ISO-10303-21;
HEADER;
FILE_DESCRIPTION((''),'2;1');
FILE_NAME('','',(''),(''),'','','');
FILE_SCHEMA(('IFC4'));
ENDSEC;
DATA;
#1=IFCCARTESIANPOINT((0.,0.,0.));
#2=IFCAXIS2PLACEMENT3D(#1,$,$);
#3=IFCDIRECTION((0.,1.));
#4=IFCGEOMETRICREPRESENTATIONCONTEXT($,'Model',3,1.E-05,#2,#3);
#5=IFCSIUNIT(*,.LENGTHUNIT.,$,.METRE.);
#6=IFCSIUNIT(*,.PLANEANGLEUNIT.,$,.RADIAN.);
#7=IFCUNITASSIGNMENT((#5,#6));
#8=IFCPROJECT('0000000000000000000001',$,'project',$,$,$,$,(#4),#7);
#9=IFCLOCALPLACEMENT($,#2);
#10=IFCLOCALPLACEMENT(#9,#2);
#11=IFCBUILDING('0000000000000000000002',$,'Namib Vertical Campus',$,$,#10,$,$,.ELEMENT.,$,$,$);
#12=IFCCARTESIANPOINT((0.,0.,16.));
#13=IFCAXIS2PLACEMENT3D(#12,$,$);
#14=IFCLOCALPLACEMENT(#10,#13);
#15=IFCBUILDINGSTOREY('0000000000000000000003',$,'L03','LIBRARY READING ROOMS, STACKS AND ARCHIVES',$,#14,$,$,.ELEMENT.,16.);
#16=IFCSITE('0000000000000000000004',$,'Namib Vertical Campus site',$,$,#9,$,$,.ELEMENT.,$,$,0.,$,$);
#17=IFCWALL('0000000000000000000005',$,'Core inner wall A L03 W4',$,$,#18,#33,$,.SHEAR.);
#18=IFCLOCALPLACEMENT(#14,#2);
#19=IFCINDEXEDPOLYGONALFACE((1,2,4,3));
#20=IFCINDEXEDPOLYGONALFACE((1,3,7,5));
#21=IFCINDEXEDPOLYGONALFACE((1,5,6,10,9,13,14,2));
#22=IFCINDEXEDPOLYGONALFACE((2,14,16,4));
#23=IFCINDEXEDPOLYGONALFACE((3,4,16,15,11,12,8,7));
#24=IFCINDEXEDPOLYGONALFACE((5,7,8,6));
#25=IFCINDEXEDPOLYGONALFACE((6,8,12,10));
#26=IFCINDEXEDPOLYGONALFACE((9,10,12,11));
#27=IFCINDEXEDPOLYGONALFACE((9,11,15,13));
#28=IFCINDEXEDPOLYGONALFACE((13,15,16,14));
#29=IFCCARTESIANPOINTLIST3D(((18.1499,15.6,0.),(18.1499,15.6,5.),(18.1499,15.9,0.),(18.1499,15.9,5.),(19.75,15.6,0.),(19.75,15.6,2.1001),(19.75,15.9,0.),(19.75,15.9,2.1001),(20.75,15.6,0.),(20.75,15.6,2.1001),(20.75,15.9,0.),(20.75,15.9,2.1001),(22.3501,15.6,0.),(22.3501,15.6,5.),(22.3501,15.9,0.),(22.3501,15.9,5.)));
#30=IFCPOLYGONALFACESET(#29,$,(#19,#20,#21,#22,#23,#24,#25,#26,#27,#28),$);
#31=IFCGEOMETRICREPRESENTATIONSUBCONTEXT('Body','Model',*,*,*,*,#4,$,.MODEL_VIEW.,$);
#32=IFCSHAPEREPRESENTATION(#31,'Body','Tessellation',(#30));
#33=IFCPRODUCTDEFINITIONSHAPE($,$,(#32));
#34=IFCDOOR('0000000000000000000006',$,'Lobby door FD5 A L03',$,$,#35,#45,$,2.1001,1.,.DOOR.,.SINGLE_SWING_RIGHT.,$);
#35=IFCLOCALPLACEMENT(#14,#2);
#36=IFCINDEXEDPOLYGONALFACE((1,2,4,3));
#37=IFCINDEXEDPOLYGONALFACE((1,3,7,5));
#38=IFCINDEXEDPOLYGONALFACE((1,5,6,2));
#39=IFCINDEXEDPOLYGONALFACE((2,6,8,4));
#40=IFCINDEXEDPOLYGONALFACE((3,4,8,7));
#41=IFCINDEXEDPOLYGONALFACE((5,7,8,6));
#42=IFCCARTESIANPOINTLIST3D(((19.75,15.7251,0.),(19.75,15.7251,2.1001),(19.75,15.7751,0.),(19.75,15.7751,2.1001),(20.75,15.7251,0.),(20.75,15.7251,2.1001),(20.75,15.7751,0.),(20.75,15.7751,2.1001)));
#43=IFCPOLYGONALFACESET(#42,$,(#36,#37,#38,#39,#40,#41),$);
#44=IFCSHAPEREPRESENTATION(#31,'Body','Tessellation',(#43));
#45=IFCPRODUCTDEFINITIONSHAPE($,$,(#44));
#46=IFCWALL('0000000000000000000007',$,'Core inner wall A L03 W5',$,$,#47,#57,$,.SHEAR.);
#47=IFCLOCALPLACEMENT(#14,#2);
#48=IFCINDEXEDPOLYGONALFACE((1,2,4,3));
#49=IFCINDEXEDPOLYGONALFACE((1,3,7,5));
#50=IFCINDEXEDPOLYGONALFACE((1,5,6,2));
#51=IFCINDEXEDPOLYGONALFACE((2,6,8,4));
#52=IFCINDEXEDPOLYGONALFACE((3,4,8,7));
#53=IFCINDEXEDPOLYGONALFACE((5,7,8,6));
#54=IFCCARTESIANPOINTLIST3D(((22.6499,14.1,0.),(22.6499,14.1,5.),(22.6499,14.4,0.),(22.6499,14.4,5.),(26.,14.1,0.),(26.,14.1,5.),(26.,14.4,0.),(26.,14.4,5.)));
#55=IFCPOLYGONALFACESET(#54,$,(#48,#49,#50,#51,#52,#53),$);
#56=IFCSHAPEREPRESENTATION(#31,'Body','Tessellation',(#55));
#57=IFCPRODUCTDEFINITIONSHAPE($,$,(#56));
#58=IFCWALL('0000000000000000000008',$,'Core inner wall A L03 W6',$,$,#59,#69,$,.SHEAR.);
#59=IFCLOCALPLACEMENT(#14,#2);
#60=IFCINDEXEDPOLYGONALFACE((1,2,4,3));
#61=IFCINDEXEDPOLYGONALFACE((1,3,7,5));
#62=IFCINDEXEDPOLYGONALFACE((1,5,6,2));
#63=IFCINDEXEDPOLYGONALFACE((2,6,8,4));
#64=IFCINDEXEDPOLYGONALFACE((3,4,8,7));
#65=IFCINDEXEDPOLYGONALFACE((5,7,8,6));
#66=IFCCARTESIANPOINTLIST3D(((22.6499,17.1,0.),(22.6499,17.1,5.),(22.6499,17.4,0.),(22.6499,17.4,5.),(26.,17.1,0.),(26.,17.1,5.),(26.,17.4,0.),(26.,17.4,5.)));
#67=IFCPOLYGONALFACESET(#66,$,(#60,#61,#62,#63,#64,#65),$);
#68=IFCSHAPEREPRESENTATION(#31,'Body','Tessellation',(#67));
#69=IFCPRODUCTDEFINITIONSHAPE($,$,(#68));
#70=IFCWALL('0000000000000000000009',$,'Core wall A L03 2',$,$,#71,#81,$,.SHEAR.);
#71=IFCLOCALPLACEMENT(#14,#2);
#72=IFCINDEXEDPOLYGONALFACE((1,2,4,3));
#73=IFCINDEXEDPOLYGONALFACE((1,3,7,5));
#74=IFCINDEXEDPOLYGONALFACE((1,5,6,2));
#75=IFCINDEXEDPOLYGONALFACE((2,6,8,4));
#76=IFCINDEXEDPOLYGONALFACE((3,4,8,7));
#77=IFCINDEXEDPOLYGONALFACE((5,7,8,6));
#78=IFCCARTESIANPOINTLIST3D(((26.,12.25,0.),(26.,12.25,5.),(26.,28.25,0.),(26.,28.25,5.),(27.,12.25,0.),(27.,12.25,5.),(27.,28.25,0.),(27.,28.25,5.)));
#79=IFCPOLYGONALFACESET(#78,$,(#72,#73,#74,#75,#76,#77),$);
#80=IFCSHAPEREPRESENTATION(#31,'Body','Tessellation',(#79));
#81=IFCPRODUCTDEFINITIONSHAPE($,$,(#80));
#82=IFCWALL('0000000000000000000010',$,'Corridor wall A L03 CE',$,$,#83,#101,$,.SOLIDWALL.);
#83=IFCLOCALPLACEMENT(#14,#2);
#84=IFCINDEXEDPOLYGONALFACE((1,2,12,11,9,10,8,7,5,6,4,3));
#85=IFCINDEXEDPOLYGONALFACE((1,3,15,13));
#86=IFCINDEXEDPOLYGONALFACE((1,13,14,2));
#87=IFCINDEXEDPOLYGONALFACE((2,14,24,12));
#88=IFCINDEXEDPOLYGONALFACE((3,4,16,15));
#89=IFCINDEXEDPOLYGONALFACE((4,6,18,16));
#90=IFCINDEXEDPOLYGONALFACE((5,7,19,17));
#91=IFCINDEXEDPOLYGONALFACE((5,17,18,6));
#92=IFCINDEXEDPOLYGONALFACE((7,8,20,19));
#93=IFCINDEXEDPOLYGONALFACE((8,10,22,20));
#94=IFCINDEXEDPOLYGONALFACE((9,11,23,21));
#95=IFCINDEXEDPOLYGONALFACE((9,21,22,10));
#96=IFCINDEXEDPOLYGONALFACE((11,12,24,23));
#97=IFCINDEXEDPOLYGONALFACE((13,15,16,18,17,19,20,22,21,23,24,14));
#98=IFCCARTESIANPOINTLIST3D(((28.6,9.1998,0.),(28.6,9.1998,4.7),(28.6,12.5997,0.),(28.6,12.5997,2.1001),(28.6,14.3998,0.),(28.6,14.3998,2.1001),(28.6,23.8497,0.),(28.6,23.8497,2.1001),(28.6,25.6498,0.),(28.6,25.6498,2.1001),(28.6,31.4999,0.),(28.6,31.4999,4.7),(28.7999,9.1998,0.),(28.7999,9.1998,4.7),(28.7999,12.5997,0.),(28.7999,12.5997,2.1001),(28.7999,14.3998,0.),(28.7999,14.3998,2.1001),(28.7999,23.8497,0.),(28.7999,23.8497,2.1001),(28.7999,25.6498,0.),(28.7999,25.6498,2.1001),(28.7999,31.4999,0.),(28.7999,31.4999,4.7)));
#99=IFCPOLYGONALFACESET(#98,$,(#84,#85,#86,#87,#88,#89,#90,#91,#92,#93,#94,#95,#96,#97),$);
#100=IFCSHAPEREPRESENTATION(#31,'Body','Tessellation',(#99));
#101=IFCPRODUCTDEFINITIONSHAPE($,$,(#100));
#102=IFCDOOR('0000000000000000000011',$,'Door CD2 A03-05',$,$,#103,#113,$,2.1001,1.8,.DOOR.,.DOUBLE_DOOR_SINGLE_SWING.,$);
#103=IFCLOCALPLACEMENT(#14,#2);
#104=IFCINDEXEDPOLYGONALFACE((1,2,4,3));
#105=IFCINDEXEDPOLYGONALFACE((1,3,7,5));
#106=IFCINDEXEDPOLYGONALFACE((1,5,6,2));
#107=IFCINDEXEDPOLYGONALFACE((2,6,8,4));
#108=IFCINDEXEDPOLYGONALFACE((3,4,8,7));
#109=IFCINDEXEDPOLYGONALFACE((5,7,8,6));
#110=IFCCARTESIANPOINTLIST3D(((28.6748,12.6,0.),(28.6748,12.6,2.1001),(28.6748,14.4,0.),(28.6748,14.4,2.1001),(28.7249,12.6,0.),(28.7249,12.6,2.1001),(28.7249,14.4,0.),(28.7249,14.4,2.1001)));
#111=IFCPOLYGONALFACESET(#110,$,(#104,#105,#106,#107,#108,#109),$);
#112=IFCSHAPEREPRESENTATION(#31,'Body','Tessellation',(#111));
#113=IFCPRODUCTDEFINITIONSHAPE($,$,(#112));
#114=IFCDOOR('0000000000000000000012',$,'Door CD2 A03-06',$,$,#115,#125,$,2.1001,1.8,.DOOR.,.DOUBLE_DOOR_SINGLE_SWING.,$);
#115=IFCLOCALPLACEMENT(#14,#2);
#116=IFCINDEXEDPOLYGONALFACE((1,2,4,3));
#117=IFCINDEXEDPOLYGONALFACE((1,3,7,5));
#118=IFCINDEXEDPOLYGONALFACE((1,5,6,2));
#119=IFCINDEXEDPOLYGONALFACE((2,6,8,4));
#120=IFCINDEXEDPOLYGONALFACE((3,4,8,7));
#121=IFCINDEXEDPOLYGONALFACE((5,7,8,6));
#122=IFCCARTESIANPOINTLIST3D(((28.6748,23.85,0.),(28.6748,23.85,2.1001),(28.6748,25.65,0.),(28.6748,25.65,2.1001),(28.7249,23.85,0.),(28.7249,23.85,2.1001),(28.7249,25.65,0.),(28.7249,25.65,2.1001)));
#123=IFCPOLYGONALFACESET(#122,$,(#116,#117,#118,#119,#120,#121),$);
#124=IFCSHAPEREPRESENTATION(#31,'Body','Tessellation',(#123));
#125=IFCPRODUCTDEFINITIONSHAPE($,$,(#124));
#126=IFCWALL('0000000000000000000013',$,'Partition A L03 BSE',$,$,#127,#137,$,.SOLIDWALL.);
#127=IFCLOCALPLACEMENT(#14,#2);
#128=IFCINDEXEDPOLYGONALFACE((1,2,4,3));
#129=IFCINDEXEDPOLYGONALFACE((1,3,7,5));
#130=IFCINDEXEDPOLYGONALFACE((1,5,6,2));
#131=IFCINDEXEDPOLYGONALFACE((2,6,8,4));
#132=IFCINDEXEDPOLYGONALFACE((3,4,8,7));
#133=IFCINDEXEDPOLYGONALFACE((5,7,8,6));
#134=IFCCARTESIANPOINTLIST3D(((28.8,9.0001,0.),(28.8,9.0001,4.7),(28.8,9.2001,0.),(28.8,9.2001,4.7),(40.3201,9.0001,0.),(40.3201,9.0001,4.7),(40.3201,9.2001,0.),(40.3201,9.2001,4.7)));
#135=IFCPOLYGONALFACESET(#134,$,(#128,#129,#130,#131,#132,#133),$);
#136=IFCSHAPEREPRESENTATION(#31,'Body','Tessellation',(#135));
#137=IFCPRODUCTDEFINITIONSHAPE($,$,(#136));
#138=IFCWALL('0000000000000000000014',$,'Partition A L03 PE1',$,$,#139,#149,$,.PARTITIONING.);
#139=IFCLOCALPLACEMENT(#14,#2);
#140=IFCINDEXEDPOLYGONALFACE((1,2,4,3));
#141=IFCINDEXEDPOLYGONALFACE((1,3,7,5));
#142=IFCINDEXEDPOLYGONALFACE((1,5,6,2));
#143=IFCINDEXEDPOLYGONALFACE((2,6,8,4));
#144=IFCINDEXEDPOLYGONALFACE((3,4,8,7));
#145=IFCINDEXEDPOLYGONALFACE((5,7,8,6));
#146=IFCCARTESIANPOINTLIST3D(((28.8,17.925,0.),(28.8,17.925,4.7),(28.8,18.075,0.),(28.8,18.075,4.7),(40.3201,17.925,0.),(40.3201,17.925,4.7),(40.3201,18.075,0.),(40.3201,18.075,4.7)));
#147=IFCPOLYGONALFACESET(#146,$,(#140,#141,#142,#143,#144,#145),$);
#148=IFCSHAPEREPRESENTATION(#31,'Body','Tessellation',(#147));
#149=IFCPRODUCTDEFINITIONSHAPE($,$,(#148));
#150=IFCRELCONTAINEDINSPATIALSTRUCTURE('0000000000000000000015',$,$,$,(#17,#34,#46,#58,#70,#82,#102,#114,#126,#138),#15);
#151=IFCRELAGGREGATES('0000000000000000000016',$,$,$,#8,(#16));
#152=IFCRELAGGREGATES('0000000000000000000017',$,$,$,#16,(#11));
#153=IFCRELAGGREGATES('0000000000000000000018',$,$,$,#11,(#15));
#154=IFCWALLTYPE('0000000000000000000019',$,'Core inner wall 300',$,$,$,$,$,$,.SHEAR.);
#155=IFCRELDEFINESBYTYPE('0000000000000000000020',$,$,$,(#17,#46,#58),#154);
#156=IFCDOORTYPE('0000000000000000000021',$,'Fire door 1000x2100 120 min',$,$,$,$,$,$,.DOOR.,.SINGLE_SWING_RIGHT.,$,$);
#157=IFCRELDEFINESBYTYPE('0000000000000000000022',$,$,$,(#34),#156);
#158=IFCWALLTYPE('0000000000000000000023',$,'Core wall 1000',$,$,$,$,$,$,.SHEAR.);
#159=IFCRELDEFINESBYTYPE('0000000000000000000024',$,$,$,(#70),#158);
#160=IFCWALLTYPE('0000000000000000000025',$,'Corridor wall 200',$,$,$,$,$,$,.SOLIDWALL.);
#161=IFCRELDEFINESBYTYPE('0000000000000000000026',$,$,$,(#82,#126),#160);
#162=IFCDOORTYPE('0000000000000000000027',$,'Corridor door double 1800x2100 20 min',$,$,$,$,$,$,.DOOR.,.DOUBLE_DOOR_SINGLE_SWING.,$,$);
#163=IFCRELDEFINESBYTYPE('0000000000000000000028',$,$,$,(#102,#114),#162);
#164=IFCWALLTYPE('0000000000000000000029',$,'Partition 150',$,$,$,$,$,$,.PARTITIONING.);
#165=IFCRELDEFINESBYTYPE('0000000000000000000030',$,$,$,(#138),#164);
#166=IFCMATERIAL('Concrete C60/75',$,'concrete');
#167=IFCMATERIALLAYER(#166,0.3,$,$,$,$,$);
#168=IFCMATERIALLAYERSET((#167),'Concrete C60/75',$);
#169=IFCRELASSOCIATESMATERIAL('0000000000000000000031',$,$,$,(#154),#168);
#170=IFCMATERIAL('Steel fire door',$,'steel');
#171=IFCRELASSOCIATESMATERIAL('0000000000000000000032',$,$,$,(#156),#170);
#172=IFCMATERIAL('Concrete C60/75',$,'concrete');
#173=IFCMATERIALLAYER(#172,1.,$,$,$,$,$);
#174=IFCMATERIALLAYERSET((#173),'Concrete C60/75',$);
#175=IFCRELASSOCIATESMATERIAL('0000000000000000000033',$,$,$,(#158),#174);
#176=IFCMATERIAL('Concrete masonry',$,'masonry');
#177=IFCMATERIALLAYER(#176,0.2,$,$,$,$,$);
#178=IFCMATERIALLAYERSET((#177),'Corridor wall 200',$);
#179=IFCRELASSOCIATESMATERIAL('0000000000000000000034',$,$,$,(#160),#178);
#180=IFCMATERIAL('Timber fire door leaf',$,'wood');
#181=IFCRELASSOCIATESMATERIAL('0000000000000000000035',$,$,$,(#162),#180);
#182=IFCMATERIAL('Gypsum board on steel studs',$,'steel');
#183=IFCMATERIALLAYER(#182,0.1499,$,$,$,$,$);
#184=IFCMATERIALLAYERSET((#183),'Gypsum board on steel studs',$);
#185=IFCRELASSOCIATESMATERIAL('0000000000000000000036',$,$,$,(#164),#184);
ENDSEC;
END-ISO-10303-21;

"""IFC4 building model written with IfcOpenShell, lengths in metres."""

from ifc_helpers import new_model, si_unit, direction, frame, frame_2d, origin, place, context, subcontext, project, spatial, rectangle, extrude, material, layer, layer_set, type_object, element, fill, save


model = new_model("IFC4")

# Units and contexts
model_context = context("Model", 3, precision=1e-05, world=origin(), true_north=direction((0.0, 1.0)))
body_context = subcontext(model_context, "Body", "Model", "MODEL_VIEW")
ifc_project = project(units=[si_unit("LENGTHUNIT", "METRE"), si_unit("PLANEANGLEUNIT", "RADIAN")], contexts=[model_context])

# Site, building, storey
site_placement = place(None, origin())
site = spatial("IfcSite", under=ifc_project, at=site_placement, Name="Namib Vertical Campus site", CompositionType="ELEMENT", RefElevation=0.0)
building_placement = place(site_placement, origin())
building = spatial("IfcBuilding", under=site, at=building_placement, Name="Namib Vertical Campus", CompositionType="ELEMENT")
storey_placement = place(building_placement, frame((0.0, 0.0, 16.0)))
storey = spatial("IfcBuildingStorey", under=building, at=storey_placement, Name="L03", Description="LIBRARY READING ROOMS, STACKS AND ARCHIVES", CompositionType="ELEMENT", Elevation=16.0)

# Shared definitions
ifc_material_1 = material(Name="Concrete C60/75", Category="concrete")
ifc_layer_1 = layer(ifc_material_1, 0.3)
ifc_layer_set_1 = layer_set([ifc_layer_1], Name="Concrete C60/75")
wall_type_1 = type_object("IfcWallType", Name="Core inner wall 300", PredefinedType="SHEAR", material=ifc_layer_set_1)

# Wall, opening, door
wall_1_placement = place(storey_placement, frame((18.1499, 15.75, 0.0), z_axis=(0.0, 0.0, 1.0), x_axis=(1.0, 0.0, 0.0)))
wall_1 = element("IfcWall", 1, at=wall_1_placement, inside=storey, type_object=wall_type_1, Name="Core inner wall A L03 W4", PredefinedType="SHEAR", context=body_context, shape_type="SweptSolid", body=[
    extrude(rectangle(XDim=4.2002, YDim=0.3, at=frame_2d((2.1001, 0.0))), origin(), (0.0, 0.0, 1.0), 5.0),
])
opening_1_placement = place(wall_1_placement, frame((1.6001, 0.0, 0.0)))
opening_1 = element("IfcOpeningElement", 2, at=opening_1_placement, cuts=wall_1, PredefinedType="OPENING", context=body_context, shape_type="SweptSolid", body=[
    extrude(rectangle(XDim=1.0, YDim=2.1001, at=frame_2d((0.5, 1.05))), frame((0.0, 0.1599, 0.0), z_axis=(0.0, -1.0, 0.0), x_axis=(1.0, 0.0, 0.0)), (0.0, 0.0, 1.0), 0.3201),
])
ifc_material_2 = material(Name="Steel fire door", Category="steel")
door_type_1 = type_object("IfcDoorType", Name="Fire door 1000x2100 120 min", OperationType="SINGLE_SWING_RIGHT", PredefinedType="DOOR", material=ifc_material_2)
door_1_placement = place(opening_1_placement, frame((1.0, 0.0, 0.0), z_axis=(0.0, 0.0, 1.0), x_axis=(-1.0, 0.0, 0.0)))
door_1 = element("IfcDoor", 3, at=door_1_placement, inside=storey, type_object=door_type_1, Name="Lobby door FD5 A L03", OperationType="SINGLE_SWING_RIGHT", OverallHeight=2.1001, OverallWidth=1.0, PredefinedType="DOOR", context=body_context, shape_type="SweptSolid", body=[
    extrude(rectangle(XDim=1.0, YDim=2.1001, at=frame_2d((0.5, 1.05))), frame((0.0, 0.0249, 0.0), z_axis=(0.0, -1.0, 0.0), x_axis=(1.0, 0.0, 0.0)), (0.0, 0.0, 1.0), 0.05),
])
fill(opening_1, door_1)

# Walls
for number, where, z_axis, x_axis, name in (
    (4, (22.6499, 14.25, 0.0), (0.0, 0.0, 1.0), (1.0, 0.0, 0.0), "Core inner wall A L03 W5"),
    (5, (22.6499, 17.25, 0.0), (0.0, 0.0, 1.0), (1.0, 0.0, 0.0), "Core inner wall A L03 W6"),
):
    element("IfcWall", number, at=place(storey_placement, frame(where, z_axis=z_axis, x_axis=x_axis)), inside=storey, type_object=wall_type_1, Name=name, PredefinedType="SHEAR", context=body_context, shape_type="SweptSolid", body=[
        extrude(rectangle(XDim=3.3501, YDim=0.3, at=frame_2d((1.675, 0.0))), origin(), (0.0, 0.0, 1.0), 5.0),
    ])
ifc_material_3 = material(Name="Concrete C60/75", Category="concrete")
ifc_layer_2 = layer(ifc_material_3, 1.0)
ifc_layer_set_2 = layer_set([ifc_layer_2], Name="Concrete C60/75")
wall_type_2 = type_object("IfcWallType", Name="Core wall 1000", PredefinedType="SHEAR", material=ifc_layer_set_2)
wall_2_placement = place(storey_placement, frame((26.5, 12.25, 0.0), z_axis=(0.0, 0.0, 1.0), x_axis=(0.0, 1.0, 0.0)))
element("IfcWall", 6, at=wall_2_placement, inside=storey, type_object=wall_type_2, Name="Core wall A L03 2", PredefinedType="SHEAR", context=body_context, shape_type="SweptSolid", body=[
    extrude(rectangle(XDim=16.0, YDim=1.0, at=frame_2d((8.0, 0.0))), origin(), (0.0, 0.0, 1.0), 5.0),
])

# Wall, openings, doors
ifc_material_4 = material(Name="Concrete masonry", Category="masonry")
ifc_layer_3 = layer(ifc_material_4, 0.2)
ifc_layer_set_3 = layer_set([ifc_layer_3], Name="Corridor wall 200")
wall_type_3 = type_object("IfcWallType", Name="Corridor wall 200", PredefinedType="SOLIDWALL", material=ifc_layer_set_3)
wall_3_placement = place(storey_placement, frame((28.7, 9.2, 0.0), z_axis=(0.0, 0.0, 1.0), x_axis=(0.0, 1.0, 0.0)))
wall_3 = element("IfcWall", 7, at=wall_3_placement, inside=storey, type_object=wall_type_3, Name="Corridor wall A L03 CE", PredefinedType="SOLIDWALL", context=body_context, shape_type="SweptSolid", body=[
    extrude(rectangle(XDim=22.3, YDim=0.2, at=frame_2d((11.1499, 0.0))), origin(), (0.0, 0.0, 1.0), 4.7),
])
opening_2_placement = place(wall_3_placement, frame((3.3999, 0.0, 0.0)))
opening_2 = element("IfcOpeningElement", 8, at=opening_2_placement, cuts=wall_3, PredefinedType="OPENING", context=body_context, shape_type="SweptSolid", body=[
    extrude(rectangle(XDim=1.8, YDim=2.1001, at=frame_2d((0.8999, 1.05))), frame((0.0, 0.1099, 0.0), z_axis=(0.0, -1.0, 0.0), x_axis=(1.0, 0.0, 0.0)), (0.0, 0.0, 1.0), 0.22),
])
opening_3_placement = place(wall_3_placement, frame((14.6499, 0.0, 0.0)))
opening_3 = element("IfcOpeningElement", 9, at=opening_3_placement, cuts=wall_3, PredefinedType="OPENING", context=body_context, shape_type="SweptSolid", body=[
    extrude(rectangle(XDim=1.8, YDim=2.1001, at=frame_2d((0.8999, 1.05))), frame((0.0, 0.1099, 0.0), z_axis=(0.0, -1.0, 0.0), x_axis=(1.0, 0.0, 0.0)), (0.0, 0.0, 1.0), 0.22),
])
ifc_material_5 = material(Name="Timber fire door leaf", Category="wood")
door_type_2 = type_object("IfcDoorType", Name="Corridor door double 1800x2100 20 min", OperationType="DOUBLE_DOOR_SINGLE_SWING", PredefinedType="DOOR", material=ifc_material_5)
door_2_placement = place(opening_2_placement, frame((1.8, 0.0, 0.0), z_axis=(0.0, 0.0, 1.0), x_axis=(-1.0, 0.0, 0.0)))
door_2 = element("IfcDoor", 10, at=door_2_placement, inside=storey, type_object=door_type_2, Name="Door CD2 A03-05", OperationType="DOUBLE_DOOR_SINGLE_SWING", OverallHeight=2.1001, OverallWidth=1.8, PredefinedType="DOOR", context=body_context, shape_type="SweptSolid", body=[
    extrude(rectangle(XDim=1.8, YDim=2.1001, at=frame_2d((0.8999, 1.05))), frame((0.0, 0.0249, 0.0), z_axis=(0.0, -1.0, 0.0), x_axis=(1.0, 0.0, 0.0)), (0.0, 0.0, 1.0), 0.05),
])
fill(opening_2, door_2)
door_3_placement = place(opening_3_placement, frame((1.8, 0.0, 0.0), z_axis=(0.0, 0.0, 1.0), x_axis=(-1.0, 0.0, 0.0)))
door_3 = element("IfcDoor", 11, at=door_3_placement, inside=storey, type_object=door_type_2, Name="Door CD2 A03-06", OperationType="DOUBLE_DOOR_SINGLE_SWING", OverallHeight=2.1001, OverallWidth=1.8, PredefinedType="DOOR", context=body_context, shape_type="SweptSolid", body=[
    extrude(rectangle(XDim=1.8, YDim=2.1001, at=frame_2d((0.8999, 1.05))), frame((0.0, 0.0249, 0.0), z_axis=(0.0, -1.0, 0.0), x_axis=(1.0, 0.0, 0.0)), (0.0, 0.0, 1.0), 0.05),
])
fill(opening_3, door_3)

# Walls
wall_4_placement = place(storey_placement, frame((28.8, 9.1001, 0.0), z_axis=(0.0, 0.0, 1.0), x_axis=(1.0, 0.0, 0.0)))
element("IfcWall", 12, at=wall_4_placement, inside=storey, type_object=wall_type_3, Name="Partition A L03 BSE", PredefinedType="SOLIDWALL", context=body_context, shape_type="SweptSolid", body=[
    extrude(rectangle(XDim=11.52, YDim=0.2, at=frame_2d((5.76, 0.0))), origin(), (0.0, 0.0, 1.0), 4.7),
])
ifc_material_6 = material(Name="Gypsum board on steel studs", Category="steel")
ifc_layer_4 = layer(ifc_material_6, 0.1499)
ifc_layer_set_4 = layer_set([ifc_layer_4], Name="Gypsum board on steel studs")
wall_type_4 = type_object("IfcWallType", Name="Partition 150", PredefinedType="PARTITIONING", material=ifc_layer_set_4)
wall_5_placement = place(storey_placement, frame((28.8, 18.0, 0.0), z_axis=(0.0, 0.0, 1.0), x_axis=(1.0, 0.0, 0.0)))
element("IfcWall", 13, at=wall_5_placement, inside=storey, type_object=wall_type_4, Name="Partition A L03 PE1", PredefinedType="PARTITIONING", context=body_context, shape_type="SweptSolid", body=[
    extrude(rectangle(XDim=11.52, YDim=0.1499, at=frame_2d((5.76, 0.0))), origin(), (0.0, 0.0, 1.0), 4.7),
])

save(model, "model.ifc")
